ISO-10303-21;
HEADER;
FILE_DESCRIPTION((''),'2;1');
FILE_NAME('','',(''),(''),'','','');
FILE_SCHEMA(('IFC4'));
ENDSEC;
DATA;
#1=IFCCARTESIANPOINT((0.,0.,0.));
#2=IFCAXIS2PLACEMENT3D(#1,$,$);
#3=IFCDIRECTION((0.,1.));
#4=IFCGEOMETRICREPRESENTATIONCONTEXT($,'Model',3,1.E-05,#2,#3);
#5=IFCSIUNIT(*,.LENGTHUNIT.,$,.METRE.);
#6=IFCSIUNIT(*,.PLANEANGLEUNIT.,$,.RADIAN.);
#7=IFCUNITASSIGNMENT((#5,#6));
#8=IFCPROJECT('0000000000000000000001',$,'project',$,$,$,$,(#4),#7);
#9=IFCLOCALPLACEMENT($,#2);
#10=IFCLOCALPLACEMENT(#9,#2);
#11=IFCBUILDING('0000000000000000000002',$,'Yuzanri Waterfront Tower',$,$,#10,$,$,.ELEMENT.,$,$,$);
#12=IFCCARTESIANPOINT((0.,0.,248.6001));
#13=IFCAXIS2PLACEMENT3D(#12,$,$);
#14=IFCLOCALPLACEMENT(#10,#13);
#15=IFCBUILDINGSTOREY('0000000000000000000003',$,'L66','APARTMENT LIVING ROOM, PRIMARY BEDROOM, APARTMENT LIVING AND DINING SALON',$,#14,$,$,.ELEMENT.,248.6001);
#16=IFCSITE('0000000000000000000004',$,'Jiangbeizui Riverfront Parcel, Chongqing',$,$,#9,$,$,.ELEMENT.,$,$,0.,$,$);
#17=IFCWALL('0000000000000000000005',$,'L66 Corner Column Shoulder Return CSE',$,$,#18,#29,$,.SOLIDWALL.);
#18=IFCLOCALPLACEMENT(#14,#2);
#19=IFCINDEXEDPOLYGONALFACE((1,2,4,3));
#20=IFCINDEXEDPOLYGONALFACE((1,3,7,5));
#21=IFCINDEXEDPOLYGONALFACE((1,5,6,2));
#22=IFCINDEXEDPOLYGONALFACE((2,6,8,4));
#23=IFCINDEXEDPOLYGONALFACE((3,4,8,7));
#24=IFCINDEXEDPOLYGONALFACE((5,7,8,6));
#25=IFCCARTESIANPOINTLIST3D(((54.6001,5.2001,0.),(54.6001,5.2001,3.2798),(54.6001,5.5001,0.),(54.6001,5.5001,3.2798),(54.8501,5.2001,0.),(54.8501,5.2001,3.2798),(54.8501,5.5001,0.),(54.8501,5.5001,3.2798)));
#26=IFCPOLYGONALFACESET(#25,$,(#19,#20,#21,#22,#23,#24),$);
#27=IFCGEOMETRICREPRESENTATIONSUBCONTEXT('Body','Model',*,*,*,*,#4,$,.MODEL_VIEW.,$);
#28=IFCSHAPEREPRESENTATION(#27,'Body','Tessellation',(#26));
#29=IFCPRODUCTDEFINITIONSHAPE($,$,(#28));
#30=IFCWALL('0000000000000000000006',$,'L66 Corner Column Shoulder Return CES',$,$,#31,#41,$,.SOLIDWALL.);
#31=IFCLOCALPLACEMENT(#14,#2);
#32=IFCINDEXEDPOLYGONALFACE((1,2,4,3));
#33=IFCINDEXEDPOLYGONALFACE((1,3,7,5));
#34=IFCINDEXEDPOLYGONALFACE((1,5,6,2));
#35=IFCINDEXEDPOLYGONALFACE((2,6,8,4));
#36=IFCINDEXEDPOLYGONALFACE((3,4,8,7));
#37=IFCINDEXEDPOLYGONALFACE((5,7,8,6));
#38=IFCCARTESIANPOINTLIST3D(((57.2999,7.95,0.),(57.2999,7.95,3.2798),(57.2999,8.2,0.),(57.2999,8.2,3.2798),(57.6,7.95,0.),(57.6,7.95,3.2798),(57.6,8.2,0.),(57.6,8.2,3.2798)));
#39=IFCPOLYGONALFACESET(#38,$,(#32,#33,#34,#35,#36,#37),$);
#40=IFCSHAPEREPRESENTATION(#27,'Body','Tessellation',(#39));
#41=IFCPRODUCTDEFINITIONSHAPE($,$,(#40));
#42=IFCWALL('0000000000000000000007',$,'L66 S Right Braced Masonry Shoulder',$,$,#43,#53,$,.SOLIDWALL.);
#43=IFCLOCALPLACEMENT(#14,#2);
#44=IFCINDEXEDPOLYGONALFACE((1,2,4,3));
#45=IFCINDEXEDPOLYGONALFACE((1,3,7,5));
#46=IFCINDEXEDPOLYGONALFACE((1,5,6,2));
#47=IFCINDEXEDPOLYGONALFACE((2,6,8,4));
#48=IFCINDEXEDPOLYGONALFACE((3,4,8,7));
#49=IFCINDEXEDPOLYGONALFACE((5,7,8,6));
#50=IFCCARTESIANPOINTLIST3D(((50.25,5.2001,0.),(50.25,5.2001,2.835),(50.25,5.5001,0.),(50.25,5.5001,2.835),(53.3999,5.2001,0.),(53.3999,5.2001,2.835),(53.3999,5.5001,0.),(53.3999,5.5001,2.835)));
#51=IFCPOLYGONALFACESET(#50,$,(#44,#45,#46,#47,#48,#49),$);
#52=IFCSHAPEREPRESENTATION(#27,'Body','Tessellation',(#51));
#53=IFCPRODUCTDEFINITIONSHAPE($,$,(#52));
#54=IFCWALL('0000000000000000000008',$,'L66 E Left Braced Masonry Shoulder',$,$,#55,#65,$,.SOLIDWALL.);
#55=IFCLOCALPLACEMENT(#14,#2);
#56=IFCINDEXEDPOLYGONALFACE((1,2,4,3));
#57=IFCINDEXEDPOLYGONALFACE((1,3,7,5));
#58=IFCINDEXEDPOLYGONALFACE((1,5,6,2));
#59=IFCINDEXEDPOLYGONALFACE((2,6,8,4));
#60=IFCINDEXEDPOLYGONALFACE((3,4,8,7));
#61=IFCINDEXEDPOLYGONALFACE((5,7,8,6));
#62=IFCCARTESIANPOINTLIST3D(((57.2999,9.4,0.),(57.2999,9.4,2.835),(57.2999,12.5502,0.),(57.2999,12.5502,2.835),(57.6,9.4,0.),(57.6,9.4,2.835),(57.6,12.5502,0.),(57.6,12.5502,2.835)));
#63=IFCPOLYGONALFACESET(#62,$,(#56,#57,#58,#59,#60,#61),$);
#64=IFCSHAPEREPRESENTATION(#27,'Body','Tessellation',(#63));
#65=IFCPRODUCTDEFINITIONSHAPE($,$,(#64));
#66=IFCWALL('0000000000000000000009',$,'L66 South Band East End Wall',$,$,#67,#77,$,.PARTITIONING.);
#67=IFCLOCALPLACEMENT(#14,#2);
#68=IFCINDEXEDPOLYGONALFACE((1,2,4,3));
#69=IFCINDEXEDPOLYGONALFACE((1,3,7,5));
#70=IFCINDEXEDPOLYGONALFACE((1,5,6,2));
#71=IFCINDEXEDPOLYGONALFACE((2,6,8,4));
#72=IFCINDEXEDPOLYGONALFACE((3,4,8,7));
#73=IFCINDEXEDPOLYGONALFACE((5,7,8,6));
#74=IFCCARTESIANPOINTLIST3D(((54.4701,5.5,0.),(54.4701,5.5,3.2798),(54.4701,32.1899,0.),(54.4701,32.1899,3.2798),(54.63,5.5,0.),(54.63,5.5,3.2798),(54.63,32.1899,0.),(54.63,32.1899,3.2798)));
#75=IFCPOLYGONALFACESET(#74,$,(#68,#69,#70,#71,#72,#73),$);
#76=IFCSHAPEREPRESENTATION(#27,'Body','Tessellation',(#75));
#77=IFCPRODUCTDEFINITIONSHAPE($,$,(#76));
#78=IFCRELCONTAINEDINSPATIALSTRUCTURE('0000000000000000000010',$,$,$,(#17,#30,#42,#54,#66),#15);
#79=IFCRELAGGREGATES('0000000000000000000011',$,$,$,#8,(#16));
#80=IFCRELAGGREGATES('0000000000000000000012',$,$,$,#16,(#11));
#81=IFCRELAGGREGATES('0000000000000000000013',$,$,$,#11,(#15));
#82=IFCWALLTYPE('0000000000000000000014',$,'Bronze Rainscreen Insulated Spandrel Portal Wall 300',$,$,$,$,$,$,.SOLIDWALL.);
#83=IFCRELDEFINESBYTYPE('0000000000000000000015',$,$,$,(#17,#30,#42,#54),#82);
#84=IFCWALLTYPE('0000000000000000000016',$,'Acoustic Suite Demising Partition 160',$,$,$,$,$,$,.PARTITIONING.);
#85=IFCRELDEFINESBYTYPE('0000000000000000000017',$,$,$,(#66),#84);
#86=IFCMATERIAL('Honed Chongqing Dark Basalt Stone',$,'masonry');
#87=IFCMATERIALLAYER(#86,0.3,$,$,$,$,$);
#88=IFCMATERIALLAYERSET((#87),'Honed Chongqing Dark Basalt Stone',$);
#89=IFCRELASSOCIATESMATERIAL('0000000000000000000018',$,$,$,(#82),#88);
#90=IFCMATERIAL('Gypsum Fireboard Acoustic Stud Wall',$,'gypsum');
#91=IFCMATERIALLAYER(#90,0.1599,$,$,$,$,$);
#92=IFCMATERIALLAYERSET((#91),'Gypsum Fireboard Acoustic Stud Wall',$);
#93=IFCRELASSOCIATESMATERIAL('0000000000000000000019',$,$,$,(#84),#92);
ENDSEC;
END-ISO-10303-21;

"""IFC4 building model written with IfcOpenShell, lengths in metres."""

from ifc_helpers import new_model, si_unit, direction, frame, frame_2d, origin, place, context, subcontext, project, spatial, rectangle, extrude, source, transform, mapped, material, layer, layer_set, type_object, element, save


model = new_model("IFC4")

# Units and contexts
model_context = context("Model", 3, precision=1e-05, world=origin(), true_north=direction((0.0, 1.0)))
body_context = subcontext(model_context, "Body", "Model", "MODEL_VIEW")
ifc_project = project(units=[si_unit("LENGTHUNIT", "METRE"), si_unit("PLANEANGLEUNIT", "RADIAN")], contexts=[model_context])

# Site, building, storey
site_placement = place(None, origin())
site = spatial("IfcSite", under=ifc_project, at=site_placement, Name="Jiangbeizui Riverfront Parcel, Chongqing", CompositionType="ELEMENT", RefElevation=0.0)
building_placement = place(site_placement, origin())
building = spatial("IfcBuilding", under=site, at=building_placement, Name="Yuzanri Waterfront Tower", CompositionType="ELEMENT")
storey_placement = place(building_placement, frame((0.0, 0.0, 248.6001)))
storey = spatial("IfcBuildingStorey", under=building, at=storey_placement, Name="L66", Description="APARTMENT LIVING ROOM, PRIMARY BEDROOM, APARTMENT LIVING AND DINING SALON", CompositionType="ELEMENT", Elevation=248.6001)

# Shared definitions
ifc_material_1 = material(Name="Honed Chongqing Dark Basalt Stone", Category="masonry")
ifc_layer_1 = layer(ifc_material_1, 0.3)
ifc_layer_set_1 = layer_set([ifc_layer_1], Name="Honed Chongqing Dark Basalt Stone")
wall_type_1 = type_object("IfcWallType", Name="Bronze Rainscreen Insulated Spandrel Portal Wall 300", PredefinedType="SOLIDWALL", material=ifc_layer_set_1)

# Walls
shared_shape_1 = source(origin(), body_context, "Body", "SweptSolid", [
    extrude(rectangle(XDim=0.25, YDim=0.3, at=frame_2d((0.125, 0.0))), origin(), (0.0, 0.0, 1.0), 3.2798),
])
for number, where, z_axis, x_axis, name in (
    (1, (54.6001, 5.3501, 0.0), (0.0, 0.0, 1.0), (1.0, 0.0, 0.0), "L66 Corner Column Shoulder Return CSE"),
    (2, (57.45, 7.95, 0.0), (0.0, 0.0, 1.0), (0.0, 1.0, 0.0), "L66 Corner Column Shoulder Return CES"),
):
    element("IfcWall", number, at=place(storey_placement, frame(where, z_axis=z_axis, x_axis=x_axis)), inside=storey, type_object=wall_type_1, Name=name, PredefinedType="SOLIDWALL", context=body_context, shape_type="MappedRepresentation", body=[
        mapped(shared_shape_1, transform((0.0, 0.0, 0.0), scale=1.0)),
    ])
shared_shape_2 = source(origin(), body_context, "Body", "SweptSolid", [
    extrude(rectangle(XDim=3.1499, YDim=0.3, at=frame_2d((1.575, 0.0))), origin(), (0.0, 0.0, 1.0), 2.835),
])
wall_1_placement = place(storey_placement, frame((50.25, 5.3501, 0.0), z_axis=(0.0, 0.0, 1.0), x_axis=(1.0, 0.0, 0.0)))
element("IfcWall", 3, at=wall_1_placement, inside=storey, type_object=wall_type_1, Name="L66 S Right Braced Masonry Shoulder", PredefinedType="SOLIDWALL", context=body_context, shape_type="MappedRepresentation", body=[
    mapped(shared_shape_2, transform((0.0, 0.0, 0.0), scale=1.0)),
])
shared_shape_3 = source(origin(), body_context, "Body", "SweptSolid", [
    extrude(rectangle(XDim=3.1501, YDim=0.3, at=frame_2d((1.5752, 0.0))), origin(), (0.0, 0.0, 1.0), 2.835),
])
wall_2_placement = place(storey_placement, frame((57.45, 9.3999, 0.0), z_axis=(0.0, 0.0, 1.0), x_axis=(0.0, 1.0, 0.0)))
element("IfcWall", 4, at=wall_2_placement, inside=storey, type_object=wall_type_1, Name="L66 E Left Braced Masonry Shoulder", PredefinedType="SOLIDWALL", context=body_context, shape_type="MappedRepresentation", body=[
    mapped(shared_shape_3, transform((0.0, 0.0, 0.0), scale=1.0)),
])
ifc_material_2 = material(Name="Gypsum Fireboard Acoustic Stud Wall", Category="gypsum")
ifc_layer_2 = layer(ifc_material_2, 0.1599)
ifc_layer_set_2 = layer_set([ifc_layer_2], Name="Gypsum Fireboard Acoustic Stud Wall")
wall_type_2 = type_object("IfcWallType", Name="Acoustic Suite Demising Partition 160", PredefinedType="PARTITIONING", material=ifc_layer_set_2)
shared_shape_4 = source(origin(), body_context, "Body", "SweptSolid", [
    extrude(rectangle(XDim=26.6899, YDim=0.1599, at=frame_2d((13.345, 0.0))), origin(), (0.0, 0.0, 1.0), 3.2798),
])
wall_3_placement = place(storey_placement, frame((54.55, 5.5, 0.0), z_axis=(0.0, 0.0, 1.0), x_axis=(0.0, 1.0, 0.0)))
element("IfcWall", 5, at=wall_3_placement, inside=storey, type_object=wall_type_2, Name="L66 South Band East End Wall", PredefinedType="PARTITIONING", context=body_context, shape_type="MappedRepresentation", body=[
    mapped(shared_shape_4, transform((0.0, 0.0, 0.0), scale=1.0)),
])

save(model, "model.ifc")
